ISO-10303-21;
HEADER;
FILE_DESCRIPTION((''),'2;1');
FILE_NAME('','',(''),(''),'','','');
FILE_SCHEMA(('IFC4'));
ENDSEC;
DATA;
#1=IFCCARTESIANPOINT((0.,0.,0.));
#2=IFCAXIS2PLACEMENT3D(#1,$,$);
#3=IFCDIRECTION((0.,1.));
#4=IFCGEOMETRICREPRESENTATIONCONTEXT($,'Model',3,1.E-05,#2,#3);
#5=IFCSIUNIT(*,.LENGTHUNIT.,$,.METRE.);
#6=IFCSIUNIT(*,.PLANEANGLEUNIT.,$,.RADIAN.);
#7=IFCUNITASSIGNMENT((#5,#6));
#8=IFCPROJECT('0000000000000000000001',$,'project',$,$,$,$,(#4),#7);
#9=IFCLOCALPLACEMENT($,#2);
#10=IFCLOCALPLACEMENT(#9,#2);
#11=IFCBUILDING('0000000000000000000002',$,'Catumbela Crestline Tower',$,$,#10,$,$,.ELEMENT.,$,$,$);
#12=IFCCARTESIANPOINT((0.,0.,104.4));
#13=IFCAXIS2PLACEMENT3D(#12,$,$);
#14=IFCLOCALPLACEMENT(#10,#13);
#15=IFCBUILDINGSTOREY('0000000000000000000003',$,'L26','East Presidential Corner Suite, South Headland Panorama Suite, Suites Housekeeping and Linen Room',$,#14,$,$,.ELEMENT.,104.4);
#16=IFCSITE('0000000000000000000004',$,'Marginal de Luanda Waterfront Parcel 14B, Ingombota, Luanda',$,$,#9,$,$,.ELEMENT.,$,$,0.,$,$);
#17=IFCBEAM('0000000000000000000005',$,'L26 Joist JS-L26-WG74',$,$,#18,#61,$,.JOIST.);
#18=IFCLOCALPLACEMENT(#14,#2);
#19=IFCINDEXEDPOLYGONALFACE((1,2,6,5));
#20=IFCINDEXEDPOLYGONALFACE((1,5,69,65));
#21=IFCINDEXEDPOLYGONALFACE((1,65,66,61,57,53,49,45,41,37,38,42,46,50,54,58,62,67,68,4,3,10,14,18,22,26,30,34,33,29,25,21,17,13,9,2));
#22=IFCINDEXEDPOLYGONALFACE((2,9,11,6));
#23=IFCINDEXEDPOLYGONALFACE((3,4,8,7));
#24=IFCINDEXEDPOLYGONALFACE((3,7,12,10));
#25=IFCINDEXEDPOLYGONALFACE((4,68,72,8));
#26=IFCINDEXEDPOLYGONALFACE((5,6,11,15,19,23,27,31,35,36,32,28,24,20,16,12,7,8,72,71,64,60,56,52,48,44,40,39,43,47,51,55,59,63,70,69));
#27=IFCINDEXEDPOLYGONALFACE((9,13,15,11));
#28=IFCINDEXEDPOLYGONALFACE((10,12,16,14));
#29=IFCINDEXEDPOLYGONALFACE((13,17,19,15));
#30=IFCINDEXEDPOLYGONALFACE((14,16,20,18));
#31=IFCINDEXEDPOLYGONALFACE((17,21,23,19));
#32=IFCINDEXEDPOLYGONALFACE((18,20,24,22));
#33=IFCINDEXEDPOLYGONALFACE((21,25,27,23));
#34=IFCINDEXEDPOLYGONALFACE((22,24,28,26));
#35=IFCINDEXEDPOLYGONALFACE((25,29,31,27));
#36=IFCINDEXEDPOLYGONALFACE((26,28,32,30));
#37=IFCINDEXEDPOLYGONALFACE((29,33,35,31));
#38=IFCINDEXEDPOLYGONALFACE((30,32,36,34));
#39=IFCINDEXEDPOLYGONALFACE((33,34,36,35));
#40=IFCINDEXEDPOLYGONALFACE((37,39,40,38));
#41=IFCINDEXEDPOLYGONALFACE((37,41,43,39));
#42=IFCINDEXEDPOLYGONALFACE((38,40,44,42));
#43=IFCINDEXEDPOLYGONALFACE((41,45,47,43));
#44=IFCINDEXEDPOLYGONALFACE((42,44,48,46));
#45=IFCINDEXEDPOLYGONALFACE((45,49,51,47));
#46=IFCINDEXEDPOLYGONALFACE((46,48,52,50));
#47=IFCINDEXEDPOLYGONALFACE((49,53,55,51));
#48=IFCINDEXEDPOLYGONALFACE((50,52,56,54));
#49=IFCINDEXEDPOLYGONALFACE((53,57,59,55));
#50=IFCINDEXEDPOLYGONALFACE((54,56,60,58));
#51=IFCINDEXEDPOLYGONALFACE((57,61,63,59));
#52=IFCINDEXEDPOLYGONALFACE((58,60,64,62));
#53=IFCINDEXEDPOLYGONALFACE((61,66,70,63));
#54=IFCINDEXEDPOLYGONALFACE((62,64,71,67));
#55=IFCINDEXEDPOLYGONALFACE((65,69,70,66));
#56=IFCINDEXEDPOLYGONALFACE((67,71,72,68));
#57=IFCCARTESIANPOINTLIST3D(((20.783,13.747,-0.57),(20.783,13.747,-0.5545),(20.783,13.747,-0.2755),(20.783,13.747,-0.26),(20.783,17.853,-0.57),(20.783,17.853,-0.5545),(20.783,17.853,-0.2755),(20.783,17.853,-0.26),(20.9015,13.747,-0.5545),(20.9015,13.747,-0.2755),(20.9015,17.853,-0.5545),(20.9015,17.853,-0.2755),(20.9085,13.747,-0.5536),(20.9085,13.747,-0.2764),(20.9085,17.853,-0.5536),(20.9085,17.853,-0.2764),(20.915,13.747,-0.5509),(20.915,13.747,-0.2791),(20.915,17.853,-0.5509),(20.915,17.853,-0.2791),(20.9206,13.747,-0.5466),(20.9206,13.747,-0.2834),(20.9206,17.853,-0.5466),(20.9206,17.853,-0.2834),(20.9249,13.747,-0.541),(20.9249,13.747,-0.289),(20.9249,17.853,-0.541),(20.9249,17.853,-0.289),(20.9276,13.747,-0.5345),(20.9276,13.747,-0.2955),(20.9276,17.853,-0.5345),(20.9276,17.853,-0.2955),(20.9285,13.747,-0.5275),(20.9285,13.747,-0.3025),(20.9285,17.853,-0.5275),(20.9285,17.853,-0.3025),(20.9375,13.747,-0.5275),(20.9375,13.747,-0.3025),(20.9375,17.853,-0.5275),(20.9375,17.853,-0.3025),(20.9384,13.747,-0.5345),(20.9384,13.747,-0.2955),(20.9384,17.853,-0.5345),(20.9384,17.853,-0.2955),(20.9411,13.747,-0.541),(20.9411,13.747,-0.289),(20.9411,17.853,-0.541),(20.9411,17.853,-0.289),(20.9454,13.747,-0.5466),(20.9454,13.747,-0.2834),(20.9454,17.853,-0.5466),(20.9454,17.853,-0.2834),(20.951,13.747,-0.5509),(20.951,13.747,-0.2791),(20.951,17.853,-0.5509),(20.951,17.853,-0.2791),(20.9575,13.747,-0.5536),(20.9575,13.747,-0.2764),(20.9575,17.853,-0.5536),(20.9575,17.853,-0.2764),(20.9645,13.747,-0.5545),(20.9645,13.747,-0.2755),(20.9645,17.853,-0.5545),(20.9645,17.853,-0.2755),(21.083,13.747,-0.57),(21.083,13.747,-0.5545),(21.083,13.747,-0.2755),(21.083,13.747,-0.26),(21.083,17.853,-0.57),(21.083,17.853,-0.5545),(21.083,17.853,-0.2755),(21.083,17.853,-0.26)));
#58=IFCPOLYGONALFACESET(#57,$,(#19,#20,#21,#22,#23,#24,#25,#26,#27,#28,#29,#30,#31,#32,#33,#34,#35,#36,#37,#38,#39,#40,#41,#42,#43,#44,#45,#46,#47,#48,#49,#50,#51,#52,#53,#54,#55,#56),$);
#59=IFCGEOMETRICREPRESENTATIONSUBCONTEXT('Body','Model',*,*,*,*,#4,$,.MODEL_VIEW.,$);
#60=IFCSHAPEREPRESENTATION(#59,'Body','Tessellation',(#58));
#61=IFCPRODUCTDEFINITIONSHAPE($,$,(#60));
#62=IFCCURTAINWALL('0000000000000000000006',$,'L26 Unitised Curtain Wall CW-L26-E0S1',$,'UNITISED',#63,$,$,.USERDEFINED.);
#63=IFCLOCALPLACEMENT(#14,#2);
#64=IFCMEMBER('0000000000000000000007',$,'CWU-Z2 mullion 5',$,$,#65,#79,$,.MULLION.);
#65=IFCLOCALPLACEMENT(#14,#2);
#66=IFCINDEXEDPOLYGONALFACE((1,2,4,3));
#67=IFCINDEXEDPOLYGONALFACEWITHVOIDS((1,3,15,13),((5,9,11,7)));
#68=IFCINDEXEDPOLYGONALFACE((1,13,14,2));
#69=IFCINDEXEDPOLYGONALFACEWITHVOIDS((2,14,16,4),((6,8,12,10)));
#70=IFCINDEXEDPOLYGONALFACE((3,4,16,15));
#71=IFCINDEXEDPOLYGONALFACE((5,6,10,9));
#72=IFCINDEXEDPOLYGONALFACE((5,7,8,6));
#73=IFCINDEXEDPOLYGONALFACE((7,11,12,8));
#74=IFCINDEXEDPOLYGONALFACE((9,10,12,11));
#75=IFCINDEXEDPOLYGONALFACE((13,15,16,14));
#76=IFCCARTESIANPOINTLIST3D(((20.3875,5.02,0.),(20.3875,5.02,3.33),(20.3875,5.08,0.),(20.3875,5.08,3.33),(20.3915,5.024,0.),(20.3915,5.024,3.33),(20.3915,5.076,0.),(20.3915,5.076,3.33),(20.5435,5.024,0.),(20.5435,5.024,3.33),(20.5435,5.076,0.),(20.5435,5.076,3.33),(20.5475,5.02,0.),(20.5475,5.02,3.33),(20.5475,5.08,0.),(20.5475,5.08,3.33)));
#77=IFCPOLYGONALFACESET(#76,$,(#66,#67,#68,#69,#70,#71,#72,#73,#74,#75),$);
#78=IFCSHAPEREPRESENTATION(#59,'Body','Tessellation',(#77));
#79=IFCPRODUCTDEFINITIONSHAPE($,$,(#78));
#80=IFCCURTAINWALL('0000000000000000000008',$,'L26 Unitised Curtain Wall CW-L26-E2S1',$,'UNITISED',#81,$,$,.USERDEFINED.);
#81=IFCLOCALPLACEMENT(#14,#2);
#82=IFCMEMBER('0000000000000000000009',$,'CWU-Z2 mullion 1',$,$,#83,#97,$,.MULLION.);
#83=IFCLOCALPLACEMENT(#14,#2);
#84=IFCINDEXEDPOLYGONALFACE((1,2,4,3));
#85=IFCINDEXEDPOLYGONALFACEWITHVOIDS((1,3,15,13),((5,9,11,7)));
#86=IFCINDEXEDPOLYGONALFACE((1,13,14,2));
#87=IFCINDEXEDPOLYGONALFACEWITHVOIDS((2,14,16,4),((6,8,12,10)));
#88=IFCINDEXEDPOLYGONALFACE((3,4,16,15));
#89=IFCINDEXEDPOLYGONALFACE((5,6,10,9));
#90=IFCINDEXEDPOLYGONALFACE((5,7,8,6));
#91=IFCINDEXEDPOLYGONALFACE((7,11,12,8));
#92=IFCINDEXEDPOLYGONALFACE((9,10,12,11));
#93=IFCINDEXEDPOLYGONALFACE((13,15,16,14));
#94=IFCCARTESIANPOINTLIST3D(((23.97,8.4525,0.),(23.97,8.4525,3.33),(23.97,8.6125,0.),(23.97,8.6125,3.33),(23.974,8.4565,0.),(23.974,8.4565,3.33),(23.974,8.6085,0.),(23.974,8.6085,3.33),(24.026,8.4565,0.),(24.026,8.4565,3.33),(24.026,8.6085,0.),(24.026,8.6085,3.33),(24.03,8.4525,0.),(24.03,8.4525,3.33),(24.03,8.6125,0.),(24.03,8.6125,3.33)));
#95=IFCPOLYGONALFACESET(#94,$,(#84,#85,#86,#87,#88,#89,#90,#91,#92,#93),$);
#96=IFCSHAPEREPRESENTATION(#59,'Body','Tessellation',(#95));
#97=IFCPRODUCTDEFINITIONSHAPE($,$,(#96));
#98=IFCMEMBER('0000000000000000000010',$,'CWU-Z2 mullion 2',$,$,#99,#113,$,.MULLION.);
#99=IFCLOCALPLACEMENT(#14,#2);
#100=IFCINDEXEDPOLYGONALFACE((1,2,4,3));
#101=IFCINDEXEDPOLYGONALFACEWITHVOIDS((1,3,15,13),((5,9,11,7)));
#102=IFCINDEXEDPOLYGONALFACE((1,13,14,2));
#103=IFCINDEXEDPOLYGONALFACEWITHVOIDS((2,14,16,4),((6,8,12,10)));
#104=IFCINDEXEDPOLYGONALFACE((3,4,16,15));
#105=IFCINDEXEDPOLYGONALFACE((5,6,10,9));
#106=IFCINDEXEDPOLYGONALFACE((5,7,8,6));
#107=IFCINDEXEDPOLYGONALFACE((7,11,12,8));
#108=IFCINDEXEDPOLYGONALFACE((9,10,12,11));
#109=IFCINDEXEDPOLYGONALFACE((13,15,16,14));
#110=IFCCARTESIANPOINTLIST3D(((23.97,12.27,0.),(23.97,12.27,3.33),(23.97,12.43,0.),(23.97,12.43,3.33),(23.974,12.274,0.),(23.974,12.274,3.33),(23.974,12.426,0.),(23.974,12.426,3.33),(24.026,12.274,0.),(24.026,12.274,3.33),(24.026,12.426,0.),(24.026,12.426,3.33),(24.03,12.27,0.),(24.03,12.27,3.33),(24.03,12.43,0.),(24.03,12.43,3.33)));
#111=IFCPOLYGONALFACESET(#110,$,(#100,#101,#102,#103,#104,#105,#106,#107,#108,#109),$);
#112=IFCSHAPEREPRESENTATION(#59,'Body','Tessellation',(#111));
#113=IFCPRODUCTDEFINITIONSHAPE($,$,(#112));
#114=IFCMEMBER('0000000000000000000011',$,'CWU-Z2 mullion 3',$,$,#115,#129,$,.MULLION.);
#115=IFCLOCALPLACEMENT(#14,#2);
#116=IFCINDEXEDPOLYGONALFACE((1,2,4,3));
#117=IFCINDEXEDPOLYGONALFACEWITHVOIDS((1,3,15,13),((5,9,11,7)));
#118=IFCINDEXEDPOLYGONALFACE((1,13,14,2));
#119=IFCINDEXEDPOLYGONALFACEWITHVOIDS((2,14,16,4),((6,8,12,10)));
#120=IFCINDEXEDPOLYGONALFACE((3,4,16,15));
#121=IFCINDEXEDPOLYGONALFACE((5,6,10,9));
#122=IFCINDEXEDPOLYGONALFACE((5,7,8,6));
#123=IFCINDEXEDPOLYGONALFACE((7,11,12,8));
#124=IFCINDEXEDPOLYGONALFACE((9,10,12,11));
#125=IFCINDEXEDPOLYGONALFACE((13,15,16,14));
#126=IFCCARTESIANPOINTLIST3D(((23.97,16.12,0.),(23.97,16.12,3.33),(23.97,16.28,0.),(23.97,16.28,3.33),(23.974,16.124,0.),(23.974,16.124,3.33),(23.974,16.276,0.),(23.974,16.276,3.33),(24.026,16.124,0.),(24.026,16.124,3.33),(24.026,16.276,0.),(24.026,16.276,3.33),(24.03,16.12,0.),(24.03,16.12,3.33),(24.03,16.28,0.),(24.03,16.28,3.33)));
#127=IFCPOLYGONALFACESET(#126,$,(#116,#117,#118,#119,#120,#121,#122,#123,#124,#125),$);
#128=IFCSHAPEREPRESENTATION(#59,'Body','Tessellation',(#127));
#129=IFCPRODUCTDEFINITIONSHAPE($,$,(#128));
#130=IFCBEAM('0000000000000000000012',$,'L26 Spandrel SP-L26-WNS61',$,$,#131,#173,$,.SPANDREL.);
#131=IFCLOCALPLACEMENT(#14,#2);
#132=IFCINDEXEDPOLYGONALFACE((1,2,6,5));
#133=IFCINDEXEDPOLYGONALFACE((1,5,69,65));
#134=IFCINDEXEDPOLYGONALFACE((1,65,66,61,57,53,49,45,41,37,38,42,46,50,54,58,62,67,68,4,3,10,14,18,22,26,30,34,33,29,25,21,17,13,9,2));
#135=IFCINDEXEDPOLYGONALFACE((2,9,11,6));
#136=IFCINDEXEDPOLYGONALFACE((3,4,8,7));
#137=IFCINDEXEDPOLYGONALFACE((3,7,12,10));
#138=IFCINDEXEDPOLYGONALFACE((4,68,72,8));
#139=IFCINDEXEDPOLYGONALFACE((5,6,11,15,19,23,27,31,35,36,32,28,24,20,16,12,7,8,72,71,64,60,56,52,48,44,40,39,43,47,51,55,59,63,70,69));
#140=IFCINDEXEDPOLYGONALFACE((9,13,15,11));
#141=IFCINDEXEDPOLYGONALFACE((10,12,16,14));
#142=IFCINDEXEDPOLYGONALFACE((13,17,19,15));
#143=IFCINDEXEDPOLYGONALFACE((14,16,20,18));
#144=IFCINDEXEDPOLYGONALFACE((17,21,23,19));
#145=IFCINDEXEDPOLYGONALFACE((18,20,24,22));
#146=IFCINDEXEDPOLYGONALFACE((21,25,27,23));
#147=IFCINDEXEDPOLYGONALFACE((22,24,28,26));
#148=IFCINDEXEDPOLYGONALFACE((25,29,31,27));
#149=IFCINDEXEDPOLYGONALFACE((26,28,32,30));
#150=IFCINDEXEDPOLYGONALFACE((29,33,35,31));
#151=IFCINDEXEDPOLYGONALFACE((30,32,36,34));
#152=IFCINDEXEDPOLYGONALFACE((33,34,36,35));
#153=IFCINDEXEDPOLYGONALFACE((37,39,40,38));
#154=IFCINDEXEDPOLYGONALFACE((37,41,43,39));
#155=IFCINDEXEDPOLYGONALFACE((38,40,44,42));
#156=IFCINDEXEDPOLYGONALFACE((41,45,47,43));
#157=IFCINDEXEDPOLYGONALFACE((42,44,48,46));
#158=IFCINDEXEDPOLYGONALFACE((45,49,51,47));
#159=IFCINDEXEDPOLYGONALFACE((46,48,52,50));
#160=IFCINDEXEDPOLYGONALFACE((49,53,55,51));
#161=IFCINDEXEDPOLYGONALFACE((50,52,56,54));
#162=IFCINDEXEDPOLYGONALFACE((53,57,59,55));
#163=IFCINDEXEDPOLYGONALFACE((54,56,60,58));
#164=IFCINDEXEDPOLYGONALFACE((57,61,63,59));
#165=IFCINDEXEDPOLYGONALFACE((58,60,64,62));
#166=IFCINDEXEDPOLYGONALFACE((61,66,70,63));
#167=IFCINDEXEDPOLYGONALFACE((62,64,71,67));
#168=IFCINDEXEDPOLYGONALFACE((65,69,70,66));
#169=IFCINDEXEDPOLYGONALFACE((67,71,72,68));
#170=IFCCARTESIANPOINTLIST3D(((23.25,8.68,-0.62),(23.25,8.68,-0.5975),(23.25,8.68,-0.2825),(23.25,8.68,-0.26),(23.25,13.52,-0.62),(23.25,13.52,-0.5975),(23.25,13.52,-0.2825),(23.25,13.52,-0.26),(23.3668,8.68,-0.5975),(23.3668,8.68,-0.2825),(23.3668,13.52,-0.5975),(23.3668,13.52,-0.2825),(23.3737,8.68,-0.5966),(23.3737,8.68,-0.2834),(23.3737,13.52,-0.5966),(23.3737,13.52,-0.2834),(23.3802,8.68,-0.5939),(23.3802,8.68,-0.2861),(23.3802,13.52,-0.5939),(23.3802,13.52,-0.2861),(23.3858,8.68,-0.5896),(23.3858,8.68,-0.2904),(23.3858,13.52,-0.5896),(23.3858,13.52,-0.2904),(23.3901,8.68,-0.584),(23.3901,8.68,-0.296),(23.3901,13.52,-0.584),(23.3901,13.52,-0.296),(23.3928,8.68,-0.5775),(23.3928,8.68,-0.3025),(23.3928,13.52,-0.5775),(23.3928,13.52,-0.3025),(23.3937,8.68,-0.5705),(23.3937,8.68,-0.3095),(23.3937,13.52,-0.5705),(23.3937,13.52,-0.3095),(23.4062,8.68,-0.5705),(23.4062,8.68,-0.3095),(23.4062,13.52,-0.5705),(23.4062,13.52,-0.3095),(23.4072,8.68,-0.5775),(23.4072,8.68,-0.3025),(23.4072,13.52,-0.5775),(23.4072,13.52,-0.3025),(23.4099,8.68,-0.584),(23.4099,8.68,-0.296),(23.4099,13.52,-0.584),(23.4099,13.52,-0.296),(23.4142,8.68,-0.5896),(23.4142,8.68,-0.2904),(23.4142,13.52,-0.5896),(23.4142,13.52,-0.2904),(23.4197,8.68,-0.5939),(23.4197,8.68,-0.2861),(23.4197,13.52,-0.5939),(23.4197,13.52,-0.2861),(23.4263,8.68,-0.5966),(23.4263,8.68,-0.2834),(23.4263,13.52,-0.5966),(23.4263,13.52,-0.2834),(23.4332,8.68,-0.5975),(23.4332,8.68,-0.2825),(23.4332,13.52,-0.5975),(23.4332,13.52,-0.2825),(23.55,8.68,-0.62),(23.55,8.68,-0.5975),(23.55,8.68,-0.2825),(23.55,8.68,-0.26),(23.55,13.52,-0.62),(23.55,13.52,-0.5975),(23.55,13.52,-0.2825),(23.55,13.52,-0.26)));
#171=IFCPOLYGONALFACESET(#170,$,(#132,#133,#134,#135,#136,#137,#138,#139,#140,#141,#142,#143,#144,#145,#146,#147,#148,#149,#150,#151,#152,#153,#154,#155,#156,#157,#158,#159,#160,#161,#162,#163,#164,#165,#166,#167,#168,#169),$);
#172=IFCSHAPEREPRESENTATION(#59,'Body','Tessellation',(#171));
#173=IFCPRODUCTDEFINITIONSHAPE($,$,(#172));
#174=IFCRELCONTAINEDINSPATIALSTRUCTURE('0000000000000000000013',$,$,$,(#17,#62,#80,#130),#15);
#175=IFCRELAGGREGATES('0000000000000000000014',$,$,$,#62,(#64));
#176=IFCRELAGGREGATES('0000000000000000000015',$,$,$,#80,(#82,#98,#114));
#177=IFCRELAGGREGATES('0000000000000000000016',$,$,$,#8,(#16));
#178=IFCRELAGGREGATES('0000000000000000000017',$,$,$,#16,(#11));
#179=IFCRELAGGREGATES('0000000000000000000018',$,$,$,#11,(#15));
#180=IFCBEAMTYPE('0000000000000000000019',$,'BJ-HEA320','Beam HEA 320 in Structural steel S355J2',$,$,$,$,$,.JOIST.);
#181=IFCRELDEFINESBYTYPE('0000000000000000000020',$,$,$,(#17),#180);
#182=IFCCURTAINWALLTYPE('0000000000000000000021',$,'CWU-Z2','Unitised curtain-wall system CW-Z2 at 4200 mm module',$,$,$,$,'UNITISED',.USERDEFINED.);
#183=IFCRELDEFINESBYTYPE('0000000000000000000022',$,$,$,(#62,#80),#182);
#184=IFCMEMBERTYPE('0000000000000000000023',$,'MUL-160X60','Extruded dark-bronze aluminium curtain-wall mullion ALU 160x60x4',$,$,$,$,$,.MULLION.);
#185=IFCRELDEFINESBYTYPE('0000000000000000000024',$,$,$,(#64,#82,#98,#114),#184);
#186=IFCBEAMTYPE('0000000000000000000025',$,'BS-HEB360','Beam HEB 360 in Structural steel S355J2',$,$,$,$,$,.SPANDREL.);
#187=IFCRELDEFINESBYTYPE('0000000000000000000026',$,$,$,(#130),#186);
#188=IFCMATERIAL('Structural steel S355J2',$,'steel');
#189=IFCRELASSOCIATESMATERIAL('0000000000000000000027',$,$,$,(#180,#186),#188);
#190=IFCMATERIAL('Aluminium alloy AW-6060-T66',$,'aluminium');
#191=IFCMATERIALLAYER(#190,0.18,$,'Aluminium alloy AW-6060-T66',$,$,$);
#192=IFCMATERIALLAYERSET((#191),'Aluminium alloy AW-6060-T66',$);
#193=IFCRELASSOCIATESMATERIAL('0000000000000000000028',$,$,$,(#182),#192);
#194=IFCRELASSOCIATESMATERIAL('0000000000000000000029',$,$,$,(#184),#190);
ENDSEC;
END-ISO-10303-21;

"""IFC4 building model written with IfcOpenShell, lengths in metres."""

from ifc_helpers import new_model, si_unit, direction, frame, origin, origin_2d, place, context, subcontext, project, spatial, hollow_rectangle, i_section, extrude, material, layer, layer_set, material_profile, profile_set, type_object, element, aggregate, save


model = new_model("IFC4")

# Units and contexts
model_context = context("Model", 3, precision=1e-05, world=origin(), true_north=direction((0.0, 1.0)))
body_context = subcontext(model_context, "Body", "Model", "MODEL_VIEW")
ifc_project = project(units=[si_unit("LENGTHUNIT", "METRE"), si_unit("PLANEANGLEUNIT", "RADIAN")], contexts=[model_context])

# Site, building, storey
site_placement = place(None, origin())
site = spatial("IfcSite", under=ifc_project, at=site_placement, Name="Marginal de Luanda Waterfront Parcel 14B, Ingombota, Luanda", CompositionType="ELEMENT", RefElevation=0.0)
building_placement = place(site_placement, origin())
building = spatial("IfcBuilding", under=site, at=building_placement, Name="Catumbela Crestline Tower", CompositionType="ELEMENT")
storey_placement = place(building_placement, frame((0.0, 0.0, 104.4)))
storey = spatial("IfcBuildingStorey", under=building, at=storey_placement, Name="L26", Description="East Presidential Corner Suite, South Headland Panorama Suite, Suites Housekeeping and Linen Room", CompositionType="ELEMENT", Elevation=104.4)

# Beam
ifc_material_1 = material(Name="Structural steel S355J2", Category="steel")
ifc_material_profile_1 = material_profile(ifc_material_1, i_section(OverallWidth=0.3, OverallDepth=0.31, WebThickness=0.009, FlangeThickness=0.0155, FilletRadius=0.027, at=origin_2d()), Name="HEA 320")
ifc_profile_set_1 = profile_set([ifc_material_profile_1], Name="Structural steel S355J2")
beam_type_1 = type_object("IfcBeamType", Name="BJ-HEA320", Description="Beam HEA 320 in Structural steel S355J2", PredefinedType="JOIST", material=ifc_profile_set_1)
for number, where, z_axis, x_axis, name in (
    (1, (20.933, 13.747, -0.415), (0.0, 1.0, 0.0), (-1.0, 0.0, 0.0), "L26 Joist JS-L26-WG74"),
):
    element("IfcBeam", number, at=place(storey_placement, frame(where, z_axis=z_axis, x_axis=x_axis)), inside=storey, type_object=beam_type_1, Name=name, PredefinedType="JOIST", context=body_context, shape_type="SweptSolid", body=[
        extrude(i_section(OverallWidth=0.3, OverallDepth=0.31, WebThickness=0.009, FlangeThickness=0.0155, FilletRadius=0.027, at=origin_2d()), origin(), (0.0, 0.0, 1.0), 4.106),
    ])

# Curtain wall, member
ifc_material_2 = material(Name="Aluminium alloy AW-6060-T66", Category="aluminium")
ifc_layer_1 = layer(ifc_material_2, 0.18, Name="Aluminium alloy AW-6060-T66")
ifc_layer_set_1 = layer_set([ifc_layer_1], Name="Aluminium alloy AW-6060-T66")
curtain_wall_type = type_object("IfcCurtainWallType", Name="CWU-Z2", Description="Unitised curtain-wall system CW-Z2 at 4200 mm module", ElementType="UNITISED", PredefinedType="USERDEFINED", material=ifc_layer_set_1)
curtain_wall_1_placement = place(storey_placement, origin())
curtain_wall_1 = element("IfcCurtainWall", 2, at=curtain_wall_1_placement, inside=storey, type_object=curtain_wall_type, Name="L26 Unitised Curtain Wall CW-L26-E0S1", ObjectType="UNITISED", PredefinedType="USERDEFINED")
ifc_material_profile_2 = material_profile(ifc_material_2, hollow_rectangle(XDim=0.06, YDim=0.16, WallThickness=0.004, at=origin_2d()), Name="ALU 160x60x4")
ifc_profile_set_2 = profile_set([ifc_material_profile_2], Name="Aluminium alloy AW-6060-T66")
member_type_1 = type_object("IfcMemberType", Name="MUL-160X60", Description="Extruded dark-bronze aluminium curtain-wall mullion ALU 160x60x4", PredefinedType="MULLION", material=ifc_profile_set_2)
member_1_placement = place(storey_placement, frame((20.4675, 5.05, 0.0), z_axis=(0.0, 0.0, 1.0), x_axis=(0.0, 1.0, 0.0)))
member_1 = element("IfcMember", 3, at=member_1_placement, type_object=member_type_1, Name="CWU-Z2 mullion 5", PredefinedType="MULLION", context=body_context, shape_type="SweptSolid", body=[
    extrude(hollow_rectangle(XDim=0.06, YDim=0.16, WallThickness=0.004, at=origin_2d()), origin(), (0.0, 0.0, 1.0), 3.33),
])
aggregate(curtain_wall_1, [member_1])

# Curtain wall, members
curtain_wall_2_placement = place(storey_placement, origin())
curtain_wall_2 = element("IfcCurtainWall", 4, at=curtain_wall_2_placement, inside=storey, type_object=curtain_wall_type, Name="L26 Unitised Curtain Wall CW-L26-E2S1", ObjectType="UNITISED", PredefinedType="USERDEFINED")
member_2_placement = place(storey_placement, frame((24.0, 8.5325, 0.0), z_axis=(0.0, 0.0, 1.0), x_axis=(-1.0, 0.0, 0.0)))
member_2 = element("IfcMember", 5, at=member_2_placement, type_object=member_type_1, Name="CWU-Z2 mullion 1", PredefinedType="MULLION", context=body_context, shape_type="SweptSolid", body=[
    extrude(hollow_rectangle(XDim=0.06, YDim=0.16, WallThickness=0.004, at=origin_2d()), origin(), (0.0, 0.0, 1.0), 3.33),
])
member_3_placement = place(storey_placement, frame((24.0, 12.35, 0.0), z_axis=(0.0, 0.0, 1.0), x_axis=(-1.0, 0.0, 0.0)))
member_3 = element("IfcMember", 6, at=member_3_placement, type_object=member_type_1, Name="CWU-Z2 mullion 2", PredefinedType="MULLION", context=body_context, shape_type="SweptSolid", body=[
    extrude(hollow_rectangle(XDim=0.06, YDim=0.16, WallThickness=0.004, at=origin_2d()), origin(), (0.0, 0.0, 1.0), 3.33),
])
member_4_placement = place(storey_placement, frame((24.0, 16.2, 0.0), z_axis=(0.0, 0.0, 1.0), x_axis=(-1.0, 0.0, 0.0)))
member_4 = element("IfcMember", 7, at=member_4_placement, type_object=member_type_1, Name="CWU-Z2 mullion 3", PredefinedType="MULLION", context=body_context, shape_type="SweptSolid", body=[
    extrude(hollow_rectangle(XDim=0.06, YDim=0.16, WallThickness=0.004, at=origin_2d()), origin(), (0.0, 0.0, 1.0), 3.33),
])

# Beam
ifc_material_profile_3 = material_profile(ifc_material_1, i_section(OverallWidth=0.3, OverallDepth=0.36, WebThickness=0.0125, FlangeThickness=0.0225, FilletRadius=0.027, at=origin_2d()), Name="HEB 360")
ifc_profile_set_3 = profile_set([ifc_material_profile_3], Name="Structural steel S355J2")
beam_type_2 = type_object("IfcBeamType", Name="BS-HEB360", Description="Beam HEB 360 in Structural steel S355J2", PredefinedType="SPANDREL", material=ifc_profile_set_3)
beam_1_placement = place(storey_placement, frame((23.4, 8.68, -0.44), z_axis=(0.0, 1.0, 0.0), x_axis=(-1.0, 0.0, 0.0)))
element("IfcBeam", 8, at=beam_1_placement, inside=storey, type_object=beam_type_2, Name="L26 Spandrel SP-L26-WNS61", PredefinedType="SPANDREL", context=body_context, shape_type="SweptSolid", body=[
    extrude(i_section(OverallWidth=0.3, OverallDepth=0.36, WebThickness=0.0125, FlangeThickness=0.0225, FilletRadius=0.027, at=origin_2d()), origin(), (0.0, 0.0, 1.0), 4.84),
])

aggregate(curtain_wall_2, [member_2, member_3, member_4])

save(model, "model.ifc")
